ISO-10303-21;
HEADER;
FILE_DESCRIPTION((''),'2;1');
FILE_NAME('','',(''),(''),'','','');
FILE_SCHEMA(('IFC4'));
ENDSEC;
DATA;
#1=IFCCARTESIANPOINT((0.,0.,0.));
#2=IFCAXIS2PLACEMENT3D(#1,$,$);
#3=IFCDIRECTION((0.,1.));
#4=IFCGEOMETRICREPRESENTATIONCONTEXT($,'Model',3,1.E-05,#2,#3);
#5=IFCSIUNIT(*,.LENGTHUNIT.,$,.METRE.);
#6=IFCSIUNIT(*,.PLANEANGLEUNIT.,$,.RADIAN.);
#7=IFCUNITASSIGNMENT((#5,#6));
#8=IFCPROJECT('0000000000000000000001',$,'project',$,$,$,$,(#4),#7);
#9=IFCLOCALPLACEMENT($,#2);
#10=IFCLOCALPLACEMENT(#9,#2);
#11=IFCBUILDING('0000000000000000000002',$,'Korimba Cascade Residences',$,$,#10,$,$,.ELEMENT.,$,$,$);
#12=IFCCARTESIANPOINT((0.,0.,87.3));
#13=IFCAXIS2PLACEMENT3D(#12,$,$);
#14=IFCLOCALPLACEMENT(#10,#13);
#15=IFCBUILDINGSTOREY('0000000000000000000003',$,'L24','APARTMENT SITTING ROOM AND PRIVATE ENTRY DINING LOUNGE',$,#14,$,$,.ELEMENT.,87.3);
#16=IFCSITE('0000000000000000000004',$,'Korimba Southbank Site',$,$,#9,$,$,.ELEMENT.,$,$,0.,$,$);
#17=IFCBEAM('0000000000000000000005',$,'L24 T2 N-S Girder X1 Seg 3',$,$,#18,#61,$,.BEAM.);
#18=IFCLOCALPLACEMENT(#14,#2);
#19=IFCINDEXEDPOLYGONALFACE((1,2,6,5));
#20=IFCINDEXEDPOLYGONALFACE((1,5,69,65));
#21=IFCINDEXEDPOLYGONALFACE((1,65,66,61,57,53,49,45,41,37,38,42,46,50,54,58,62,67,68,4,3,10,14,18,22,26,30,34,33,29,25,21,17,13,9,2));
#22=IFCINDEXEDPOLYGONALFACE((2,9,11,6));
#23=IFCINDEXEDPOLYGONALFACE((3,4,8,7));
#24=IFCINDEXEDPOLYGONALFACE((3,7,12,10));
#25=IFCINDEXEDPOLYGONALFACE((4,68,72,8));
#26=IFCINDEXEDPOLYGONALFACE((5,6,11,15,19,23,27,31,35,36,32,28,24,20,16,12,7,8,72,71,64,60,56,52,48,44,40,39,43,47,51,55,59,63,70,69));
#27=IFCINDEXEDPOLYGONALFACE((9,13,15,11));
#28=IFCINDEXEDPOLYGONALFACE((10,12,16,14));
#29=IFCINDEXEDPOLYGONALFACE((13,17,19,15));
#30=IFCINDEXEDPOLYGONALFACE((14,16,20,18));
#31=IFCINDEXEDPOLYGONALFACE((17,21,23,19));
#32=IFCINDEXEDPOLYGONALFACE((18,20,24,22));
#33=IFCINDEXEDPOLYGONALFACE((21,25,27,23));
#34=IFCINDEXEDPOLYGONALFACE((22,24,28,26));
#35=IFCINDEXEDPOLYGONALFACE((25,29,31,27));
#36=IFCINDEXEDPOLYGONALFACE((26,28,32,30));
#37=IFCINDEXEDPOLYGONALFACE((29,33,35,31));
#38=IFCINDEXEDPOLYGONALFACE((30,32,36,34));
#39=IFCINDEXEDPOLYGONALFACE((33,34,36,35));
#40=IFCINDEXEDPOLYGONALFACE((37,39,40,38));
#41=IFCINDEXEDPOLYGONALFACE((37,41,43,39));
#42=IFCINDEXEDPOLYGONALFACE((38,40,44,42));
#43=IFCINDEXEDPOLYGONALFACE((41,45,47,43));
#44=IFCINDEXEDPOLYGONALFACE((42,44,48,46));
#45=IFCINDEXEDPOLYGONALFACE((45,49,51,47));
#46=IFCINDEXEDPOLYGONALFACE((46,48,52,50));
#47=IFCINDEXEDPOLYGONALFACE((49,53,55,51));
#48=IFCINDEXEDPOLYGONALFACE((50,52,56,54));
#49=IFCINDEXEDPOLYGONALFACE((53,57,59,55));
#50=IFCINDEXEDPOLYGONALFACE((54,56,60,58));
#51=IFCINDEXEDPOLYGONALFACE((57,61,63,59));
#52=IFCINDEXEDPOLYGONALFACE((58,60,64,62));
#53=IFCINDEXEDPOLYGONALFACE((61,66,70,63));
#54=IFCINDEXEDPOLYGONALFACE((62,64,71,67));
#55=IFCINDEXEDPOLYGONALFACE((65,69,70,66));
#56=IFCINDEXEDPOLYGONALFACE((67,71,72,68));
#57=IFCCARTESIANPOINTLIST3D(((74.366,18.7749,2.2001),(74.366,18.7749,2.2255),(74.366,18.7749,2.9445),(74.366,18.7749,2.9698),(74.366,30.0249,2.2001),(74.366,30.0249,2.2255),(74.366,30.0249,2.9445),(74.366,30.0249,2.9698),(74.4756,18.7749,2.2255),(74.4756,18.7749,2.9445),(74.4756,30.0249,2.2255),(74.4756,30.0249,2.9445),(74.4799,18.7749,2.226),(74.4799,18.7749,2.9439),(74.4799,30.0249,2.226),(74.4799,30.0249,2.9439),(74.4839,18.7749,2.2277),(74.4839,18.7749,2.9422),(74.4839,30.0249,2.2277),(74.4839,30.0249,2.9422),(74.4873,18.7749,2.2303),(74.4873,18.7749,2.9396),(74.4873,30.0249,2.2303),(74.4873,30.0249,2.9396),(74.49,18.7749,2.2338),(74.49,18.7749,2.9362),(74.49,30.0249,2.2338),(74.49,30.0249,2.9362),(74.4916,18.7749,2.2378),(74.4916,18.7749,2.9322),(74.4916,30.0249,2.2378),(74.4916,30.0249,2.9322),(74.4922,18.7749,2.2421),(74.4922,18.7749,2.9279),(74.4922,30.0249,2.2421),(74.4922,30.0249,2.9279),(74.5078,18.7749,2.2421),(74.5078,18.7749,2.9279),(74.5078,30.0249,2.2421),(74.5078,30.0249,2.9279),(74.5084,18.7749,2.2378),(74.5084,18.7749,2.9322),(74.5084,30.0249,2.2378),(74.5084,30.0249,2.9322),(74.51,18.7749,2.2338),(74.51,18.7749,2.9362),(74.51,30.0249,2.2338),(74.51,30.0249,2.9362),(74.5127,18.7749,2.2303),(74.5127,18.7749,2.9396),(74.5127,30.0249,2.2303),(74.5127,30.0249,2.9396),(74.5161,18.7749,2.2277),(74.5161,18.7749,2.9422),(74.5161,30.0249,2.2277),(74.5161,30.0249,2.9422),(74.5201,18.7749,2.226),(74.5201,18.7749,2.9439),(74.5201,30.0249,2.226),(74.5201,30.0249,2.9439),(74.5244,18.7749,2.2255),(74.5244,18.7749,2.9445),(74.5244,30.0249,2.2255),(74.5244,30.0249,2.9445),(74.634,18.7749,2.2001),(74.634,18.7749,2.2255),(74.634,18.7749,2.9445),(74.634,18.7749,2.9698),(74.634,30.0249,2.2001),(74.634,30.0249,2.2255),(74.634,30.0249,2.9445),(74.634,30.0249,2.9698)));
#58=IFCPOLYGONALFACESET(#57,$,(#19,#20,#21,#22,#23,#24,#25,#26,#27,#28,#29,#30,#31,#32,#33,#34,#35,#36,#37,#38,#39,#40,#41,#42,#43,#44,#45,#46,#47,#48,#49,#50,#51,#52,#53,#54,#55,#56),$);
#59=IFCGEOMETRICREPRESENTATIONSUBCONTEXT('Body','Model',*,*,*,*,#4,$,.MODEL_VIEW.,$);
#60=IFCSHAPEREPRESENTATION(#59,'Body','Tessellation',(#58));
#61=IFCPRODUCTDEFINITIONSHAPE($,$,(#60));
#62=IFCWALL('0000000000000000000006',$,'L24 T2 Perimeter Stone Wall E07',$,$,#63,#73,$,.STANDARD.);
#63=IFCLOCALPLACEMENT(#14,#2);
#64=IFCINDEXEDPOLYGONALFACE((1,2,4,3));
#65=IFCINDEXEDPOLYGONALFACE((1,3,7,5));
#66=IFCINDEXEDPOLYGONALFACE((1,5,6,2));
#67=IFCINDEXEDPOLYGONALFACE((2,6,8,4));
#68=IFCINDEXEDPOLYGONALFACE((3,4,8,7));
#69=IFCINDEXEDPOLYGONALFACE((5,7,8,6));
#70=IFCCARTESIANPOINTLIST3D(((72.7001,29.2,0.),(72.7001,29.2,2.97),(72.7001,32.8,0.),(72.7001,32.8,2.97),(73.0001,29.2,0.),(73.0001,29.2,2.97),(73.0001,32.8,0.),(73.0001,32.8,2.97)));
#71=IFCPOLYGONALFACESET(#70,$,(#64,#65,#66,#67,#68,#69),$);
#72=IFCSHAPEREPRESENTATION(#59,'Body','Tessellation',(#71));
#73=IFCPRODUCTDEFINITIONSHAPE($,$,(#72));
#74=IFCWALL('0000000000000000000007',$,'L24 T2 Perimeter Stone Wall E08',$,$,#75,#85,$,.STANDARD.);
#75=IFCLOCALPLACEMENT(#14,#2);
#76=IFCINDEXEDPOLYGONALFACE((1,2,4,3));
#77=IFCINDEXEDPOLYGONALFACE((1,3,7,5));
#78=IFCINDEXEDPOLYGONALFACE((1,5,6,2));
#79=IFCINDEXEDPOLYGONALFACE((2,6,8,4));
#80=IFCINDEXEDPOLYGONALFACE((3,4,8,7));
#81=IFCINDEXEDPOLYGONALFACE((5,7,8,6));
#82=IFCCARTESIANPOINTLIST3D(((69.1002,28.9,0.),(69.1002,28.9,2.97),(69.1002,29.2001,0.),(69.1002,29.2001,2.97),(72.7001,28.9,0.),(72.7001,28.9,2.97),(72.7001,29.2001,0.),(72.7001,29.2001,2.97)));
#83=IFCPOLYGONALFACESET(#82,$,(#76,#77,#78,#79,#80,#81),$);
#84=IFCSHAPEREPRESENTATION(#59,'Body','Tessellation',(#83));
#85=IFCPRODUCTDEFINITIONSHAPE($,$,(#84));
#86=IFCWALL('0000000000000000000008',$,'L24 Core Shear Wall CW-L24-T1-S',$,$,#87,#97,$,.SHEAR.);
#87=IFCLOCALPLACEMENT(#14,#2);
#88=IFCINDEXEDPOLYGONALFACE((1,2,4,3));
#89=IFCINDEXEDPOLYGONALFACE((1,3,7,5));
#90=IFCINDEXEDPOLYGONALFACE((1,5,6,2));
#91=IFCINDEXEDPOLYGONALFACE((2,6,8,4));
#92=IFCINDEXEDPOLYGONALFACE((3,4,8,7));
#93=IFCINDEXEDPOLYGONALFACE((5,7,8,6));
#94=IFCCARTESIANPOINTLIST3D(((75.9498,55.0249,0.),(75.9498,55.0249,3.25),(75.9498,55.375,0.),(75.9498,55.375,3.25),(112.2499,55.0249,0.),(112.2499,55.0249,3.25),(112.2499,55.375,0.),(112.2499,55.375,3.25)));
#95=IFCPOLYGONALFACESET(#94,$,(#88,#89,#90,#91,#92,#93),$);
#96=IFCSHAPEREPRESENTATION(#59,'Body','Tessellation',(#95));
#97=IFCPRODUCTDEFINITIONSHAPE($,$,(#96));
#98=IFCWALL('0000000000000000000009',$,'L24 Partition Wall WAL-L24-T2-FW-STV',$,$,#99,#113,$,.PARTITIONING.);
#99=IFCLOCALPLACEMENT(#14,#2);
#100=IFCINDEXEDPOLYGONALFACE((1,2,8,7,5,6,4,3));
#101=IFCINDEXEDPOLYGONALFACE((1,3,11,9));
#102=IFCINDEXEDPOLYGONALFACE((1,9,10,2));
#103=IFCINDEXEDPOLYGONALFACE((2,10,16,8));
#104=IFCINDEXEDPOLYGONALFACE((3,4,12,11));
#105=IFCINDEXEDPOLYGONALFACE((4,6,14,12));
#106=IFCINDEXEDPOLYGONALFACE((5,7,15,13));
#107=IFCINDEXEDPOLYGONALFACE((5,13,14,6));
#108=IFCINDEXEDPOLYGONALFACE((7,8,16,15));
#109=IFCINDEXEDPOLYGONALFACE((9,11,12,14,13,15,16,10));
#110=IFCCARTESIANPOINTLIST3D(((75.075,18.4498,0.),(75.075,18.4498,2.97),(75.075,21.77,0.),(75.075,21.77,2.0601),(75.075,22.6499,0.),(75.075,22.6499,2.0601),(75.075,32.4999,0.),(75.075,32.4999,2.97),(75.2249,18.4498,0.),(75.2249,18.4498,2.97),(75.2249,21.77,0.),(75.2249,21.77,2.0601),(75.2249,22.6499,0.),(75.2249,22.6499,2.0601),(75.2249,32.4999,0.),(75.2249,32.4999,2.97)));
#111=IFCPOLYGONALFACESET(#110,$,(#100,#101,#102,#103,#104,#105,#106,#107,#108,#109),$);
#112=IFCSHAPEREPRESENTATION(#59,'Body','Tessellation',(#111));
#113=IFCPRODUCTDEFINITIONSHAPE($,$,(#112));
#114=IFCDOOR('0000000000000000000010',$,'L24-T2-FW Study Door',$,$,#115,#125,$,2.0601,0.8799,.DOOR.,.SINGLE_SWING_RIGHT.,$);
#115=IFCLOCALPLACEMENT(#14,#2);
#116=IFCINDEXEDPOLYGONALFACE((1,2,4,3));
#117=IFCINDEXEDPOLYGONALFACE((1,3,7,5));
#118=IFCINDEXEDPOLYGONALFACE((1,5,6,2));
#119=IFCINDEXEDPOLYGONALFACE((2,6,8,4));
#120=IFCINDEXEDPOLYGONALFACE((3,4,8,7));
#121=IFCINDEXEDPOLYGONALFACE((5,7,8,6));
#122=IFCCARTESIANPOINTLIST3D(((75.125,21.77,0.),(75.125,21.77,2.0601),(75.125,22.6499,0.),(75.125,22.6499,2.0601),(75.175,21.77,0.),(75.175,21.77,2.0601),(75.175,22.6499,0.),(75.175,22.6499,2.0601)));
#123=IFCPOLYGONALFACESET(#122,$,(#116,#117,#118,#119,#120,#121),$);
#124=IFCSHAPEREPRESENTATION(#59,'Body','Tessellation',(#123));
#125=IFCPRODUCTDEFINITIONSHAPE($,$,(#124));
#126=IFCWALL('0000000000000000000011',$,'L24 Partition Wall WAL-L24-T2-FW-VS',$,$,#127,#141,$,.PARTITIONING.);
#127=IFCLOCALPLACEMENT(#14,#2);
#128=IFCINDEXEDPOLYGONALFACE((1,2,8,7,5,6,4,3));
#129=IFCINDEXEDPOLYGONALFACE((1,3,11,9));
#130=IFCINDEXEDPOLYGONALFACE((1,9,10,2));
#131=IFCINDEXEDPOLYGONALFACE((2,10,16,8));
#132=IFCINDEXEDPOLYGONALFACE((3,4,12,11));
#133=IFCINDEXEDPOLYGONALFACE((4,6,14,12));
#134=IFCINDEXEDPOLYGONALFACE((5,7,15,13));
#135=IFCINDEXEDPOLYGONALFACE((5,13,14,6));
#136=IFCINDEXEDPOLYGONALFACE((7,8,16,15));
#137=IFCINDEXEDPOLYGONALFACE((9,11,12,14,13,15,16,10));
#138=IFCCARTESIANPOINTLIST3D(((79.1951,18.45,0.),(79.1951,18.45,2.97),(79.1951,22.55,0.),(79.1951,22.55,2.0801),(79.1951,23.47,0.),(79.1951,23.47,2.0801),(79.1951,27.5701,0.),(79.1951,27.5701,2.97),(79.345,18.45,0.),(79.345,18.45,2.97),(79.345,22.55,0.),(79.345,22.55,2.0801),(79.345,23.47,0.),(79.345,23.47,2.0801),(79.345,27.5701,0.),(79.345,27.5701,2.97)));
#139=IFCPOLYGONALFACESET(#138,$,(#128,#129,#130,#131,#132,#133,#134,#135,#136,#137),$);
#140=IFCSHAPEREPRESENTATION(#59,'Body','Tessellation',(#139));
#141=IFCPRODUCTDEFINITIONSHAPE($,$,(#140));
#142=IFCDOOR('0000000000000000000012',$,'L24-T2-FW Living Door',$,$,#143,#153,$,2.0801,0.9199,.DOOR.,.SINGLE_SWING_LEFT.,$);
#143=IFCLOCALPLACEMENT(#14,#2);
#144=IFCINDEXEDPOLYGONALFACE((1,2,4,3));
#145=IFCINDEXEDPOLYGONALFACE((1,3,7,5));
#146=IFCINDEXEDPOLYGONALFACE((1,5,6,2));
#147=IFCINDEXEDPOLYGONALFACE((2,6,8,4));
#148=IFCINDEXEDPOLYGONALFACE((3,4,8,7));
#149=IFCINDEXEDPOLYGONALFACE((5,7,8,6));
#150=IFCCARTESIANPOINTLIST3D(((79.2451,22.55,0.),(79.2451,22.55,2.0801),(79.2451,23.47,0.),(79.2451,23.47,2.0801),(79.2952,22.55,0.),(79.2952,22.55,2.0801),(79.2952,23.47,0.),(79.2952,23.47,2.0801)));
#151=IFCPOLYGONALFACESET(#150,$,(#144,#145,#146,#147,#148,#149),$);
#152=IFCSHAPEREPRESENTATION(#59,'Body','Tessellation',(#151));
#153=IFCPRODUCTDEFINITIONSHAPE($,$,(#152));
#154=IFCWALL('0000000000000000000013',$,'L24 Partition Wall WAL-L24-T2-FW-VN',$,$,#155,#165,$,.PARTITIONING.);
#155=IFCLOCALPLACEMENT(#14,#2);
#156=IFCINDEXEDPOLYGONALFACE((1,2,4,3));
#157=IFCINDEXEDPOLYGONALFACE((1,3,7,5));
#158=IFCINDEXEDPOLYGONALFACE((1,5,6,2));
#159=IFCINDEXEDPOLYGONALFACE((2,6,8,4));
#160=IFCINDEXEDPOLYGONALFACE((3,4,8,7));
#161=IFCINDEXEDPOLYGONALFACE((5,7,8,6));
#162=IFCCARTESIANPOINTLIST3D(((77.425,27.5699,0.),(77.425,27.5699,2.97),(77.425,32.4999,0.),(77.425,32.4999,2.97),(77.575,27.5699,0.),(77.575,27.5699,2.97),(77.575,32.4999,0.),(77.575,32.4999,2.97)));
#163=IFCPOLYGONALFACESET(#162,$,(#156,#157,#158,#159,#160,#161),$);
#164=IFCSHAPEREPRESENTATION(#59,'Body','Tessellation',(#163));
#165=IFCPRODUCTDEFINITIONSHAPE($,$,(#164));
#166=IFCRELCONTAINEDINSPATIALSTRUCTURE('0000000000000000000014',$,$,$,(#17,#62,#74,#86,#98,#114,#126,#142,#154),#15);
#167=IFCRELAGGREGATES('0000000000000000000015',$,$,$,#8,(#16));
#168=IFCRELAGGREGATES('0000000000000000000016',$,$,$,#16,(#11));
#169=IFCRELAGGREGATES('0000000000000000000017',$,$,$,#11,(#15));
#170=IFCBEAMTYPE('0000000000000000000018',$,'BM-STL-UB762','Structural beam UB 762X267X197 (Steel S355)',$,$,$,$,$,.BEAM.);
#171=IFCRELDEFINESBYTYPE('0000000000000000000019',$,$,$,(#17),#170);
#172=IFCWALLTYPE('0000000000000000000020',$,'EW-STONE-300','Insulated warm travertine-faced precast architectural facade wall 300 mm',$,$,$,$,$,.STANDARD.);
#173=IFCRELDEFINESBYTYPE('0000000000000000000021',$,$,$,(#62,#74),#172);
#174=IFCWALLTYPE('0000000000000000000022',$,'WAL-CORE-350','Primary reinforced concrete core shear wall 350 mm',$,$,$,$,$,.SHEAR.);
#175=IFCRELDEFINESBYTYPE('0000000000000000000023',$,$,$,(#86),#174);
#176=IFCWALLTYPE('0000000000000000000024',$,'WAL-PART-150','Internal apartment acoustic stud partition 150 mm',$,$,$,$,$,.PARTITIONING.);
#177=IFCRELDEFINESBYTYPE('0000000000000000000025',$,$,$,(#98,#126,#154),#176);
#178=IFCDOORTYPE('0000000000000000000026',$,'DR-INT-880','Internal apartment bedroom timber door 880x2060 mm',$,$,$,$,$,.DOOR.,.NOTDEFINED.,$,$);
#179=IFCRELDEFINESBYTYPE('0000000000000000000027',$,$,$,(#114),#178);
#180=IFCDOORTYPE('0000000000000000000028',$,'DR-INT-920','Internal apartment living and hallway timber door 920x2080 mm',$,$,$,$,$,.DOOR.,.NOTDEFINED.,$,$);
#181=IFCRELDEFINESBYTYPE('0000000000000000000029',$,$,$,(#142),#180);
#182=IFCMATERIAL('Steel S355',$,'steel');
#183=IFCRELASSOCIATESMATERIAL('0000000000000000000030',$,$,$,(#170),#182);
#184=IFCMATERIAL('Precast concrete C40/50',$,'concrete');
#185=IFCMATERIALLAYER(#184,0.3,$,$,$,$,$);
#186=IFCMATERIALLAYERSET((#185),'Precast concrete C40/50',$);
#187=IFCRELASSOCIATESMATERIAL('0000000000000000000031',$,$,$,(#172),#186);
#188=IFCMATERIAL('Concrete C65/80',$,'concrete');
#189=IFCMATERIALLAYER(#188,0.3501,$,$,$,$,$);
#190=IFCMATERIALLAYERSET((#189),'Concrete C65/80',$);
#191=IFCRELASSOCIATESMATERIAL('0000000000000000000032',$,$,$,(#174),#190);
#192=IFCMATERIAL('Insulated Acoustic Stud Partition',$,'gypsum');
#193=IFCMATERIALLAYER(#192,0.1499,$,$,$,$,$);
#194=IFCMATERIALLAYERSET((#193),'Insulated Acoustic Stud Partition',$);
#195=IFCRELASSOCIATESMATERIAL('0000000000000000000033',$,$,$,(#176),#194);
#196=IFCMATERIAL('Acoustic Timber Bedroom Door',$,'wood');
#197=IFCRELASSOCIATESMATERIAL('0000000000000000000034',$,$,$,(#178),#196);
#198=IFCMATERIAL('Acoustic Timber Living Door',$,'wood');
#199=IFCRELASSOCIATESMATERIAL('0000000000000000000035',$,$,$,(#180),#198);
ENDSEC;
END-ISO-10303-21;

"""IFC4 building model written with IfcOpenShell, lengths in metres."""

from ifc_helpers import new_model, si_unit, direction, frame, frame_2d, origin, origin_2d, place, context, subcontext, project, spatial, rectangle, i_section, extrude, material, layer, layer_set, material_profile, profile_set, type_object, element, fill, save


model = new_model("IFC4")

# Units and contexts
model_context = context("Model", 3, precision=1e-05, world=origin(), true_north=direction((0.0, 1.0)))
body_context = subcontext(model_context, "Body", "Model", "MODEL_VIEW")
ifc_project = project(units=[si_unit("LENGTHUNIT", "METRE"), si_unit("PLANEANGLEUNIT", "RADIAN")], contexts=[model_context])

# Site, building, storey
site_placement = place(None, origin())
site = spatial("IfcSite", under=ifc_project, at=site_placement, Name="Korimba Southbank Site", CompositionType="ELEMENT", RefElevation=0.0)
building_placement = place(site_placement, origin())
building = spatial("IfcBuilding", under=site, at=building_placement, Name="Korimba Cascade Residences", CompositionType="ELEMENT")
storey_placement = place(building_placement, frame((0.0, 0.0, 87.3)))
storey = spatial("IfcBuildingStorey", under=building, at=storey_placement, Name="L24", Description="APARTMENT SITTING ROOM AND PRIVATE ENTRY DINING LOUNGE", CompositionType="ELEMENT", Elevation=87.3)

# Shared definitions
ifc_material_1 = material(Name="Concrete C65/80", Category="concrete")

# Beam
ifc_material_2 = material(Name="Steel S355", Category="steel")
ifc_material_profile_1 = material_profile(ifc_material_2, i_section(OverallWidth=0.2681, OverallDepth=0.7698, WebThickness=0.0156, FlangeThickness=0.0254, FilletRadius=0.0166, at=origin_2d()), Name="Steel S355")
ifc_profile_set_1 = profile_set([ifc_material_profile_1], Name="Steel S355")
beam_type_1 = type_object("IfcBeamType", Name="BM-STL-UB762", Description="Structural beam UB 762X267X197 (Steel S355)", PredefinedType="BEAM", material=ifc_profile_set_1)
beam_1_placement = place(storey_placement, frame((74.5, 18.7749, 2.585), z_axis=(0.0, 1.0, 0.0), x_axis=(-1.0, 0.0, 0.0)))
element("IfcBeam", 1, at=beam_1_placement, inside=storey, type_object=beam_type_1, Name="L24 T2 N-S Girder X1 Seg 3", PredefinedType="BEAM", context=body_context, shape_type="SweptSolid", body=[
    extrude(i_section(OverallWidth=0.2681, OverallDepth=0.7698, WebThickness=0.0156, FlangeThickness=0.0254, FilletRadius=0.0166, at=origin_2d()), origin(), (0.0, 0.0, 1.0), 11.25),
])

# Walls
ifc_material_3 = material(Name="Precast concrete C40/50", Category="concrete")
ifc_layer_1 = layer(ifc_material_3, 0.3)
ifc_layer_set_1 = layer_set([ifc_layer_1], Name="Precast concrete C40/50")
wall_type_1 = type_object("IfcWallType", Name="EW-STONE-300", Description="Insulated warm travertine-faced precast architectural facade wall 300 mm", PredefinedType="STANDARD", material=ifc_layer_set_1)
wall_1_placement = place(storey_placement, frame((72.8501, 32.8, 0.0), z_axis=(0.0, 0.0, 1.0), x_axis=(0.0, -1.0, 0.0)))
element("IfcWall", 2, at=wall_1_placement, inside=storey, type_object=wall_type_1, Name="L24 T2 Perimeter Stone Wall E07", PredefinedType="STANDARD", context=body_context, shape_type="SweptSolid", body=[
    extrude(rectangle(XDim=3.6001, YDim=0.3, at=frame_2d((1.8, 0.0))), origin(), (0.0, 0.0, 1.0), 2.97),
])
wall_2_placement = place(storey_placement, frame((72.7, 29.05, 0.0), z_axis=(0.0, 0.0, 1.0), x_axis=(-1.0, 0.0, 0.0)))
element("IfcWall", 3, at=wall_2_placement, inside=storey, type_object=wall_type_1, Name="L24 T2 Perimeter Stone Wall E08", PredefinedType="STANDARD", context=body_context, shape_type="SweptSolid", body=[
    extrude(rectangle(XDim=3.5999, YDim=0.3, at=frame_2d((1.7998, 0.0))), origin(), (0.0, 0.0, 1.0), 2.97),
])
ifc_layer_2 = layer(ifc_material_1, 0.3501)
ifc_layer_set_2 = layer_set([ifc_layer_2], Name="Concrete C65/80")
wall_type_2 = type_object("IfcWallType", Name="WAL-CORE-350", Description="Primary reinforced concrete core shear wall 350 mm", PredefinedType="SHEAR", material=ifc_layer_set_2)
wall_3_placement = place(storey_placement, frame((75.95, 55.2, 0.0), z_axis=(0.0, 0.0, 1.0), x_axis=(1.0, 0.0, 0.0)))
element("IfcWall", 4, at=wall_3_placement, inside=storey, type_object=wall_type_2, Name="L24 Core Shear Wall CW-L24-T1-S", PredefinedType="SHEAR", context=body_context, shape_type="SweptSolid", body=[
    extrude(rectangle(XDim=36.3, YDim=0.3501, at=frame_2d((18.1499, 0.0))), origin(), (0.0, 0.0, 1.0), 3.25),
])

# Walls, openings, doors
ifc_material_4 = material(Name="Insulated Acoustic Stud Partition", Category="gypsum")
ifc_layer_3 = layer(ifc_material_4, 0.1499)
ifc_layer_set_3 = layer_set([ifc_layer_3], Name="Insulated Acoustic Stud Partition")
wall_type_3 = type_object("IfcWallType", Name="WAL-PART-150", Description="Internal apartment acoustic stud partition 150 mm", PredefinedType="PARTITIONING", material=ifc_layer_set_3)
wall_4_placement = place(storey_placement, frame((75.1499, 18.45, 0.0), z_axis=(0.0, 0.0, 1.0), x_axis=(0.0, 1.0, 0.0)))
wall_4 = element("IfcWall", 5, at=wall_4_placement, inside=storey, type_object=wall_type_3, Name="L24 Partition Wall WAL-L24-T2-FW-STV", PredefinedType="PARTITIONING", context=body_context, shape_type="SweptSolid", body=[
    extrude(rectangle(XDim=14.05, YDim=0.1499, at=frame_2d((7.0249, 0.0))), origin(), (0.0, 0.0, 1.0), 2.97),
])
opening_1_placement = place(wall_4_placement, frame((3.3201, 0.0, 0.0)))
opening_1 = element("IfcOpeningElement", 6, at=opening_1_placement, cuts=wall_4, PredefinedType="OPENING", context=body_context, shape_type="SweptSolid", body=[
    extrude(rectangle(XDim=0.8799, YDim=2.0601, at=frame_2d((0.4399, 1.03))), frame((0.0, 0.085, 0.0), z_axis=(0.0, -1.0, 0.0), x_axis=(1.0, 0.0, 0.0)), (0.0, 0.0, 1.0), 0.1699),
])
ifc_material_5 = material(Name="Acoustic Timber Bedroom Door", Category="wood")
door_type_1 = type_object("IfcDoorType", Name="DR-INT-880", Description="Internal apartment bedroom timber door 880x2060 mm", OperationType="NOTDEFINED", PredefinedType="DOOR", material=ifc_material_5)
door_1_placement = place(opening_1_placement, origin())
door_1 = element("IfcDoor", 7, at=door_1_placement, inside=storey, type_object=door_type_1, Name="L24-T2-FW Study Door", OperationType="SINGLE_SWING_RIGHT", OverallHeight=2.0601, OverallWidth=0.8799, PredefinedType="DOOR", context=body_context, shape_type="SweptSolid", body=[
    extrude(rectangle(XDim=0.8799, YDim=2.0601, at=frame_2d((0.4399, 1.03))), frame((0.0, 0.0249, 0.0), z_axis=(0.0, -1.0, 0.0), x_axis=(1.0, 0.0, 0.0)), (0.0, 0.0, 1.0), 0.05),
])
fill(opening_1, door_1)
wall_5_placement = place(storey_placement, frame((79.27, 18.45, 0.0), z_axis=(0.0, 0.0, 1.0), x_axis=(0.0, 1.0, 0.0)))
wall_5 = element("IfcWall", 8, at=wall_5_placement, inside=storey, type_object=wall_type_3, Name="L24 Partition Wall WAL-L24-T2-FW-VS", PredefinedType="PARTITIONING", context=body_context, shape_type="SweptSolid", body=[
    extrude(rectangle(XDim=9.1201, YDim=0.1499, at=frame_2d((4.5601, 0.0))), origin(), (0.0, 0.0, 1.0), 2.97),
])
opening_2_placement = place(wall_5_placement, frame((4.1001, 0.0, 0.0)))
opening_2 = element("IfcOpeningElement", 9, at=opening_2_placement, cuts=wall_5, PredefinedType="OPENING", context=body_context, shape_type="SweptSolid", body=[
    extrude(rectangle(XDim=0.9199, YDim=2.0801, at=frame_2d((0.46, 1.04))), frame((0.0, 0.085, 0.0), z_axis=(0.0, -1.0, 0.0), x_axis=(1.0, 0.0, 0.0)), (0.0, 0.0, 1.0), 0.1699),
])
ifc_material_6 = material(Name="Acoustic Timber Living Door", Category="wood")
door_type_2 = type_object("IfcDoorType", Name="DR-INT-920", Description="Internal apartment living and hallway timber door 920x2080 mm", OperationType="NOTDEFINED", PredefinedType="DOOR", material=ifc_material_6)
door_2_placement = place(opening_2_placement, origin())
door_2 = element("IfcDoor", 10, at=door_2_placement, inside=storey, type_object=door_type_2, Name="L24-T2-FW Living Door", OperationType="SINGLE_SWING_LEFT", OverallHeight=2.0801, OverallWidth=0.9199, PredefinedType="DOOR", context=body_context, shape_type="SweptSolid", body=[
    extrude(rectangle(XDim=0.9199, YDim=2.0801, at=frame_2d((0.46, 1.04))), frame((0.0, 0.0249, 0.0), z_axis=(0.0, -1.0, 0.0), x_axis=(1.0, 0.0, 0.0)), (0.0, 0.0, 1.0), 0.05),
])
fill(opening_2, door_2)

# Wall
wall_6_placement = place(storey_placement, frame((77.5, 27.5701, 0.0), z_axis=(0.0, 0.0, 1.0), x_axis=(0.0, 1.0, 0.0)))
element("IfcWall", 11, at=wall_6_placement, inside=storey, type_object=wall_type_3, Name="L24 Partition Wall WAL-L24-T2-FW-VN", PredefinedType="PARTITIONING", context=body_context, shape_type="SweptSolid", body=[
    extrude(rectangle(XDim=4.9299, YDim=0.1499, at=frame_2d((2.4648, 0.0))), origin(), (0.0, 0.0, 1.0), 2.97),
])

save(model, "model.ifc")
